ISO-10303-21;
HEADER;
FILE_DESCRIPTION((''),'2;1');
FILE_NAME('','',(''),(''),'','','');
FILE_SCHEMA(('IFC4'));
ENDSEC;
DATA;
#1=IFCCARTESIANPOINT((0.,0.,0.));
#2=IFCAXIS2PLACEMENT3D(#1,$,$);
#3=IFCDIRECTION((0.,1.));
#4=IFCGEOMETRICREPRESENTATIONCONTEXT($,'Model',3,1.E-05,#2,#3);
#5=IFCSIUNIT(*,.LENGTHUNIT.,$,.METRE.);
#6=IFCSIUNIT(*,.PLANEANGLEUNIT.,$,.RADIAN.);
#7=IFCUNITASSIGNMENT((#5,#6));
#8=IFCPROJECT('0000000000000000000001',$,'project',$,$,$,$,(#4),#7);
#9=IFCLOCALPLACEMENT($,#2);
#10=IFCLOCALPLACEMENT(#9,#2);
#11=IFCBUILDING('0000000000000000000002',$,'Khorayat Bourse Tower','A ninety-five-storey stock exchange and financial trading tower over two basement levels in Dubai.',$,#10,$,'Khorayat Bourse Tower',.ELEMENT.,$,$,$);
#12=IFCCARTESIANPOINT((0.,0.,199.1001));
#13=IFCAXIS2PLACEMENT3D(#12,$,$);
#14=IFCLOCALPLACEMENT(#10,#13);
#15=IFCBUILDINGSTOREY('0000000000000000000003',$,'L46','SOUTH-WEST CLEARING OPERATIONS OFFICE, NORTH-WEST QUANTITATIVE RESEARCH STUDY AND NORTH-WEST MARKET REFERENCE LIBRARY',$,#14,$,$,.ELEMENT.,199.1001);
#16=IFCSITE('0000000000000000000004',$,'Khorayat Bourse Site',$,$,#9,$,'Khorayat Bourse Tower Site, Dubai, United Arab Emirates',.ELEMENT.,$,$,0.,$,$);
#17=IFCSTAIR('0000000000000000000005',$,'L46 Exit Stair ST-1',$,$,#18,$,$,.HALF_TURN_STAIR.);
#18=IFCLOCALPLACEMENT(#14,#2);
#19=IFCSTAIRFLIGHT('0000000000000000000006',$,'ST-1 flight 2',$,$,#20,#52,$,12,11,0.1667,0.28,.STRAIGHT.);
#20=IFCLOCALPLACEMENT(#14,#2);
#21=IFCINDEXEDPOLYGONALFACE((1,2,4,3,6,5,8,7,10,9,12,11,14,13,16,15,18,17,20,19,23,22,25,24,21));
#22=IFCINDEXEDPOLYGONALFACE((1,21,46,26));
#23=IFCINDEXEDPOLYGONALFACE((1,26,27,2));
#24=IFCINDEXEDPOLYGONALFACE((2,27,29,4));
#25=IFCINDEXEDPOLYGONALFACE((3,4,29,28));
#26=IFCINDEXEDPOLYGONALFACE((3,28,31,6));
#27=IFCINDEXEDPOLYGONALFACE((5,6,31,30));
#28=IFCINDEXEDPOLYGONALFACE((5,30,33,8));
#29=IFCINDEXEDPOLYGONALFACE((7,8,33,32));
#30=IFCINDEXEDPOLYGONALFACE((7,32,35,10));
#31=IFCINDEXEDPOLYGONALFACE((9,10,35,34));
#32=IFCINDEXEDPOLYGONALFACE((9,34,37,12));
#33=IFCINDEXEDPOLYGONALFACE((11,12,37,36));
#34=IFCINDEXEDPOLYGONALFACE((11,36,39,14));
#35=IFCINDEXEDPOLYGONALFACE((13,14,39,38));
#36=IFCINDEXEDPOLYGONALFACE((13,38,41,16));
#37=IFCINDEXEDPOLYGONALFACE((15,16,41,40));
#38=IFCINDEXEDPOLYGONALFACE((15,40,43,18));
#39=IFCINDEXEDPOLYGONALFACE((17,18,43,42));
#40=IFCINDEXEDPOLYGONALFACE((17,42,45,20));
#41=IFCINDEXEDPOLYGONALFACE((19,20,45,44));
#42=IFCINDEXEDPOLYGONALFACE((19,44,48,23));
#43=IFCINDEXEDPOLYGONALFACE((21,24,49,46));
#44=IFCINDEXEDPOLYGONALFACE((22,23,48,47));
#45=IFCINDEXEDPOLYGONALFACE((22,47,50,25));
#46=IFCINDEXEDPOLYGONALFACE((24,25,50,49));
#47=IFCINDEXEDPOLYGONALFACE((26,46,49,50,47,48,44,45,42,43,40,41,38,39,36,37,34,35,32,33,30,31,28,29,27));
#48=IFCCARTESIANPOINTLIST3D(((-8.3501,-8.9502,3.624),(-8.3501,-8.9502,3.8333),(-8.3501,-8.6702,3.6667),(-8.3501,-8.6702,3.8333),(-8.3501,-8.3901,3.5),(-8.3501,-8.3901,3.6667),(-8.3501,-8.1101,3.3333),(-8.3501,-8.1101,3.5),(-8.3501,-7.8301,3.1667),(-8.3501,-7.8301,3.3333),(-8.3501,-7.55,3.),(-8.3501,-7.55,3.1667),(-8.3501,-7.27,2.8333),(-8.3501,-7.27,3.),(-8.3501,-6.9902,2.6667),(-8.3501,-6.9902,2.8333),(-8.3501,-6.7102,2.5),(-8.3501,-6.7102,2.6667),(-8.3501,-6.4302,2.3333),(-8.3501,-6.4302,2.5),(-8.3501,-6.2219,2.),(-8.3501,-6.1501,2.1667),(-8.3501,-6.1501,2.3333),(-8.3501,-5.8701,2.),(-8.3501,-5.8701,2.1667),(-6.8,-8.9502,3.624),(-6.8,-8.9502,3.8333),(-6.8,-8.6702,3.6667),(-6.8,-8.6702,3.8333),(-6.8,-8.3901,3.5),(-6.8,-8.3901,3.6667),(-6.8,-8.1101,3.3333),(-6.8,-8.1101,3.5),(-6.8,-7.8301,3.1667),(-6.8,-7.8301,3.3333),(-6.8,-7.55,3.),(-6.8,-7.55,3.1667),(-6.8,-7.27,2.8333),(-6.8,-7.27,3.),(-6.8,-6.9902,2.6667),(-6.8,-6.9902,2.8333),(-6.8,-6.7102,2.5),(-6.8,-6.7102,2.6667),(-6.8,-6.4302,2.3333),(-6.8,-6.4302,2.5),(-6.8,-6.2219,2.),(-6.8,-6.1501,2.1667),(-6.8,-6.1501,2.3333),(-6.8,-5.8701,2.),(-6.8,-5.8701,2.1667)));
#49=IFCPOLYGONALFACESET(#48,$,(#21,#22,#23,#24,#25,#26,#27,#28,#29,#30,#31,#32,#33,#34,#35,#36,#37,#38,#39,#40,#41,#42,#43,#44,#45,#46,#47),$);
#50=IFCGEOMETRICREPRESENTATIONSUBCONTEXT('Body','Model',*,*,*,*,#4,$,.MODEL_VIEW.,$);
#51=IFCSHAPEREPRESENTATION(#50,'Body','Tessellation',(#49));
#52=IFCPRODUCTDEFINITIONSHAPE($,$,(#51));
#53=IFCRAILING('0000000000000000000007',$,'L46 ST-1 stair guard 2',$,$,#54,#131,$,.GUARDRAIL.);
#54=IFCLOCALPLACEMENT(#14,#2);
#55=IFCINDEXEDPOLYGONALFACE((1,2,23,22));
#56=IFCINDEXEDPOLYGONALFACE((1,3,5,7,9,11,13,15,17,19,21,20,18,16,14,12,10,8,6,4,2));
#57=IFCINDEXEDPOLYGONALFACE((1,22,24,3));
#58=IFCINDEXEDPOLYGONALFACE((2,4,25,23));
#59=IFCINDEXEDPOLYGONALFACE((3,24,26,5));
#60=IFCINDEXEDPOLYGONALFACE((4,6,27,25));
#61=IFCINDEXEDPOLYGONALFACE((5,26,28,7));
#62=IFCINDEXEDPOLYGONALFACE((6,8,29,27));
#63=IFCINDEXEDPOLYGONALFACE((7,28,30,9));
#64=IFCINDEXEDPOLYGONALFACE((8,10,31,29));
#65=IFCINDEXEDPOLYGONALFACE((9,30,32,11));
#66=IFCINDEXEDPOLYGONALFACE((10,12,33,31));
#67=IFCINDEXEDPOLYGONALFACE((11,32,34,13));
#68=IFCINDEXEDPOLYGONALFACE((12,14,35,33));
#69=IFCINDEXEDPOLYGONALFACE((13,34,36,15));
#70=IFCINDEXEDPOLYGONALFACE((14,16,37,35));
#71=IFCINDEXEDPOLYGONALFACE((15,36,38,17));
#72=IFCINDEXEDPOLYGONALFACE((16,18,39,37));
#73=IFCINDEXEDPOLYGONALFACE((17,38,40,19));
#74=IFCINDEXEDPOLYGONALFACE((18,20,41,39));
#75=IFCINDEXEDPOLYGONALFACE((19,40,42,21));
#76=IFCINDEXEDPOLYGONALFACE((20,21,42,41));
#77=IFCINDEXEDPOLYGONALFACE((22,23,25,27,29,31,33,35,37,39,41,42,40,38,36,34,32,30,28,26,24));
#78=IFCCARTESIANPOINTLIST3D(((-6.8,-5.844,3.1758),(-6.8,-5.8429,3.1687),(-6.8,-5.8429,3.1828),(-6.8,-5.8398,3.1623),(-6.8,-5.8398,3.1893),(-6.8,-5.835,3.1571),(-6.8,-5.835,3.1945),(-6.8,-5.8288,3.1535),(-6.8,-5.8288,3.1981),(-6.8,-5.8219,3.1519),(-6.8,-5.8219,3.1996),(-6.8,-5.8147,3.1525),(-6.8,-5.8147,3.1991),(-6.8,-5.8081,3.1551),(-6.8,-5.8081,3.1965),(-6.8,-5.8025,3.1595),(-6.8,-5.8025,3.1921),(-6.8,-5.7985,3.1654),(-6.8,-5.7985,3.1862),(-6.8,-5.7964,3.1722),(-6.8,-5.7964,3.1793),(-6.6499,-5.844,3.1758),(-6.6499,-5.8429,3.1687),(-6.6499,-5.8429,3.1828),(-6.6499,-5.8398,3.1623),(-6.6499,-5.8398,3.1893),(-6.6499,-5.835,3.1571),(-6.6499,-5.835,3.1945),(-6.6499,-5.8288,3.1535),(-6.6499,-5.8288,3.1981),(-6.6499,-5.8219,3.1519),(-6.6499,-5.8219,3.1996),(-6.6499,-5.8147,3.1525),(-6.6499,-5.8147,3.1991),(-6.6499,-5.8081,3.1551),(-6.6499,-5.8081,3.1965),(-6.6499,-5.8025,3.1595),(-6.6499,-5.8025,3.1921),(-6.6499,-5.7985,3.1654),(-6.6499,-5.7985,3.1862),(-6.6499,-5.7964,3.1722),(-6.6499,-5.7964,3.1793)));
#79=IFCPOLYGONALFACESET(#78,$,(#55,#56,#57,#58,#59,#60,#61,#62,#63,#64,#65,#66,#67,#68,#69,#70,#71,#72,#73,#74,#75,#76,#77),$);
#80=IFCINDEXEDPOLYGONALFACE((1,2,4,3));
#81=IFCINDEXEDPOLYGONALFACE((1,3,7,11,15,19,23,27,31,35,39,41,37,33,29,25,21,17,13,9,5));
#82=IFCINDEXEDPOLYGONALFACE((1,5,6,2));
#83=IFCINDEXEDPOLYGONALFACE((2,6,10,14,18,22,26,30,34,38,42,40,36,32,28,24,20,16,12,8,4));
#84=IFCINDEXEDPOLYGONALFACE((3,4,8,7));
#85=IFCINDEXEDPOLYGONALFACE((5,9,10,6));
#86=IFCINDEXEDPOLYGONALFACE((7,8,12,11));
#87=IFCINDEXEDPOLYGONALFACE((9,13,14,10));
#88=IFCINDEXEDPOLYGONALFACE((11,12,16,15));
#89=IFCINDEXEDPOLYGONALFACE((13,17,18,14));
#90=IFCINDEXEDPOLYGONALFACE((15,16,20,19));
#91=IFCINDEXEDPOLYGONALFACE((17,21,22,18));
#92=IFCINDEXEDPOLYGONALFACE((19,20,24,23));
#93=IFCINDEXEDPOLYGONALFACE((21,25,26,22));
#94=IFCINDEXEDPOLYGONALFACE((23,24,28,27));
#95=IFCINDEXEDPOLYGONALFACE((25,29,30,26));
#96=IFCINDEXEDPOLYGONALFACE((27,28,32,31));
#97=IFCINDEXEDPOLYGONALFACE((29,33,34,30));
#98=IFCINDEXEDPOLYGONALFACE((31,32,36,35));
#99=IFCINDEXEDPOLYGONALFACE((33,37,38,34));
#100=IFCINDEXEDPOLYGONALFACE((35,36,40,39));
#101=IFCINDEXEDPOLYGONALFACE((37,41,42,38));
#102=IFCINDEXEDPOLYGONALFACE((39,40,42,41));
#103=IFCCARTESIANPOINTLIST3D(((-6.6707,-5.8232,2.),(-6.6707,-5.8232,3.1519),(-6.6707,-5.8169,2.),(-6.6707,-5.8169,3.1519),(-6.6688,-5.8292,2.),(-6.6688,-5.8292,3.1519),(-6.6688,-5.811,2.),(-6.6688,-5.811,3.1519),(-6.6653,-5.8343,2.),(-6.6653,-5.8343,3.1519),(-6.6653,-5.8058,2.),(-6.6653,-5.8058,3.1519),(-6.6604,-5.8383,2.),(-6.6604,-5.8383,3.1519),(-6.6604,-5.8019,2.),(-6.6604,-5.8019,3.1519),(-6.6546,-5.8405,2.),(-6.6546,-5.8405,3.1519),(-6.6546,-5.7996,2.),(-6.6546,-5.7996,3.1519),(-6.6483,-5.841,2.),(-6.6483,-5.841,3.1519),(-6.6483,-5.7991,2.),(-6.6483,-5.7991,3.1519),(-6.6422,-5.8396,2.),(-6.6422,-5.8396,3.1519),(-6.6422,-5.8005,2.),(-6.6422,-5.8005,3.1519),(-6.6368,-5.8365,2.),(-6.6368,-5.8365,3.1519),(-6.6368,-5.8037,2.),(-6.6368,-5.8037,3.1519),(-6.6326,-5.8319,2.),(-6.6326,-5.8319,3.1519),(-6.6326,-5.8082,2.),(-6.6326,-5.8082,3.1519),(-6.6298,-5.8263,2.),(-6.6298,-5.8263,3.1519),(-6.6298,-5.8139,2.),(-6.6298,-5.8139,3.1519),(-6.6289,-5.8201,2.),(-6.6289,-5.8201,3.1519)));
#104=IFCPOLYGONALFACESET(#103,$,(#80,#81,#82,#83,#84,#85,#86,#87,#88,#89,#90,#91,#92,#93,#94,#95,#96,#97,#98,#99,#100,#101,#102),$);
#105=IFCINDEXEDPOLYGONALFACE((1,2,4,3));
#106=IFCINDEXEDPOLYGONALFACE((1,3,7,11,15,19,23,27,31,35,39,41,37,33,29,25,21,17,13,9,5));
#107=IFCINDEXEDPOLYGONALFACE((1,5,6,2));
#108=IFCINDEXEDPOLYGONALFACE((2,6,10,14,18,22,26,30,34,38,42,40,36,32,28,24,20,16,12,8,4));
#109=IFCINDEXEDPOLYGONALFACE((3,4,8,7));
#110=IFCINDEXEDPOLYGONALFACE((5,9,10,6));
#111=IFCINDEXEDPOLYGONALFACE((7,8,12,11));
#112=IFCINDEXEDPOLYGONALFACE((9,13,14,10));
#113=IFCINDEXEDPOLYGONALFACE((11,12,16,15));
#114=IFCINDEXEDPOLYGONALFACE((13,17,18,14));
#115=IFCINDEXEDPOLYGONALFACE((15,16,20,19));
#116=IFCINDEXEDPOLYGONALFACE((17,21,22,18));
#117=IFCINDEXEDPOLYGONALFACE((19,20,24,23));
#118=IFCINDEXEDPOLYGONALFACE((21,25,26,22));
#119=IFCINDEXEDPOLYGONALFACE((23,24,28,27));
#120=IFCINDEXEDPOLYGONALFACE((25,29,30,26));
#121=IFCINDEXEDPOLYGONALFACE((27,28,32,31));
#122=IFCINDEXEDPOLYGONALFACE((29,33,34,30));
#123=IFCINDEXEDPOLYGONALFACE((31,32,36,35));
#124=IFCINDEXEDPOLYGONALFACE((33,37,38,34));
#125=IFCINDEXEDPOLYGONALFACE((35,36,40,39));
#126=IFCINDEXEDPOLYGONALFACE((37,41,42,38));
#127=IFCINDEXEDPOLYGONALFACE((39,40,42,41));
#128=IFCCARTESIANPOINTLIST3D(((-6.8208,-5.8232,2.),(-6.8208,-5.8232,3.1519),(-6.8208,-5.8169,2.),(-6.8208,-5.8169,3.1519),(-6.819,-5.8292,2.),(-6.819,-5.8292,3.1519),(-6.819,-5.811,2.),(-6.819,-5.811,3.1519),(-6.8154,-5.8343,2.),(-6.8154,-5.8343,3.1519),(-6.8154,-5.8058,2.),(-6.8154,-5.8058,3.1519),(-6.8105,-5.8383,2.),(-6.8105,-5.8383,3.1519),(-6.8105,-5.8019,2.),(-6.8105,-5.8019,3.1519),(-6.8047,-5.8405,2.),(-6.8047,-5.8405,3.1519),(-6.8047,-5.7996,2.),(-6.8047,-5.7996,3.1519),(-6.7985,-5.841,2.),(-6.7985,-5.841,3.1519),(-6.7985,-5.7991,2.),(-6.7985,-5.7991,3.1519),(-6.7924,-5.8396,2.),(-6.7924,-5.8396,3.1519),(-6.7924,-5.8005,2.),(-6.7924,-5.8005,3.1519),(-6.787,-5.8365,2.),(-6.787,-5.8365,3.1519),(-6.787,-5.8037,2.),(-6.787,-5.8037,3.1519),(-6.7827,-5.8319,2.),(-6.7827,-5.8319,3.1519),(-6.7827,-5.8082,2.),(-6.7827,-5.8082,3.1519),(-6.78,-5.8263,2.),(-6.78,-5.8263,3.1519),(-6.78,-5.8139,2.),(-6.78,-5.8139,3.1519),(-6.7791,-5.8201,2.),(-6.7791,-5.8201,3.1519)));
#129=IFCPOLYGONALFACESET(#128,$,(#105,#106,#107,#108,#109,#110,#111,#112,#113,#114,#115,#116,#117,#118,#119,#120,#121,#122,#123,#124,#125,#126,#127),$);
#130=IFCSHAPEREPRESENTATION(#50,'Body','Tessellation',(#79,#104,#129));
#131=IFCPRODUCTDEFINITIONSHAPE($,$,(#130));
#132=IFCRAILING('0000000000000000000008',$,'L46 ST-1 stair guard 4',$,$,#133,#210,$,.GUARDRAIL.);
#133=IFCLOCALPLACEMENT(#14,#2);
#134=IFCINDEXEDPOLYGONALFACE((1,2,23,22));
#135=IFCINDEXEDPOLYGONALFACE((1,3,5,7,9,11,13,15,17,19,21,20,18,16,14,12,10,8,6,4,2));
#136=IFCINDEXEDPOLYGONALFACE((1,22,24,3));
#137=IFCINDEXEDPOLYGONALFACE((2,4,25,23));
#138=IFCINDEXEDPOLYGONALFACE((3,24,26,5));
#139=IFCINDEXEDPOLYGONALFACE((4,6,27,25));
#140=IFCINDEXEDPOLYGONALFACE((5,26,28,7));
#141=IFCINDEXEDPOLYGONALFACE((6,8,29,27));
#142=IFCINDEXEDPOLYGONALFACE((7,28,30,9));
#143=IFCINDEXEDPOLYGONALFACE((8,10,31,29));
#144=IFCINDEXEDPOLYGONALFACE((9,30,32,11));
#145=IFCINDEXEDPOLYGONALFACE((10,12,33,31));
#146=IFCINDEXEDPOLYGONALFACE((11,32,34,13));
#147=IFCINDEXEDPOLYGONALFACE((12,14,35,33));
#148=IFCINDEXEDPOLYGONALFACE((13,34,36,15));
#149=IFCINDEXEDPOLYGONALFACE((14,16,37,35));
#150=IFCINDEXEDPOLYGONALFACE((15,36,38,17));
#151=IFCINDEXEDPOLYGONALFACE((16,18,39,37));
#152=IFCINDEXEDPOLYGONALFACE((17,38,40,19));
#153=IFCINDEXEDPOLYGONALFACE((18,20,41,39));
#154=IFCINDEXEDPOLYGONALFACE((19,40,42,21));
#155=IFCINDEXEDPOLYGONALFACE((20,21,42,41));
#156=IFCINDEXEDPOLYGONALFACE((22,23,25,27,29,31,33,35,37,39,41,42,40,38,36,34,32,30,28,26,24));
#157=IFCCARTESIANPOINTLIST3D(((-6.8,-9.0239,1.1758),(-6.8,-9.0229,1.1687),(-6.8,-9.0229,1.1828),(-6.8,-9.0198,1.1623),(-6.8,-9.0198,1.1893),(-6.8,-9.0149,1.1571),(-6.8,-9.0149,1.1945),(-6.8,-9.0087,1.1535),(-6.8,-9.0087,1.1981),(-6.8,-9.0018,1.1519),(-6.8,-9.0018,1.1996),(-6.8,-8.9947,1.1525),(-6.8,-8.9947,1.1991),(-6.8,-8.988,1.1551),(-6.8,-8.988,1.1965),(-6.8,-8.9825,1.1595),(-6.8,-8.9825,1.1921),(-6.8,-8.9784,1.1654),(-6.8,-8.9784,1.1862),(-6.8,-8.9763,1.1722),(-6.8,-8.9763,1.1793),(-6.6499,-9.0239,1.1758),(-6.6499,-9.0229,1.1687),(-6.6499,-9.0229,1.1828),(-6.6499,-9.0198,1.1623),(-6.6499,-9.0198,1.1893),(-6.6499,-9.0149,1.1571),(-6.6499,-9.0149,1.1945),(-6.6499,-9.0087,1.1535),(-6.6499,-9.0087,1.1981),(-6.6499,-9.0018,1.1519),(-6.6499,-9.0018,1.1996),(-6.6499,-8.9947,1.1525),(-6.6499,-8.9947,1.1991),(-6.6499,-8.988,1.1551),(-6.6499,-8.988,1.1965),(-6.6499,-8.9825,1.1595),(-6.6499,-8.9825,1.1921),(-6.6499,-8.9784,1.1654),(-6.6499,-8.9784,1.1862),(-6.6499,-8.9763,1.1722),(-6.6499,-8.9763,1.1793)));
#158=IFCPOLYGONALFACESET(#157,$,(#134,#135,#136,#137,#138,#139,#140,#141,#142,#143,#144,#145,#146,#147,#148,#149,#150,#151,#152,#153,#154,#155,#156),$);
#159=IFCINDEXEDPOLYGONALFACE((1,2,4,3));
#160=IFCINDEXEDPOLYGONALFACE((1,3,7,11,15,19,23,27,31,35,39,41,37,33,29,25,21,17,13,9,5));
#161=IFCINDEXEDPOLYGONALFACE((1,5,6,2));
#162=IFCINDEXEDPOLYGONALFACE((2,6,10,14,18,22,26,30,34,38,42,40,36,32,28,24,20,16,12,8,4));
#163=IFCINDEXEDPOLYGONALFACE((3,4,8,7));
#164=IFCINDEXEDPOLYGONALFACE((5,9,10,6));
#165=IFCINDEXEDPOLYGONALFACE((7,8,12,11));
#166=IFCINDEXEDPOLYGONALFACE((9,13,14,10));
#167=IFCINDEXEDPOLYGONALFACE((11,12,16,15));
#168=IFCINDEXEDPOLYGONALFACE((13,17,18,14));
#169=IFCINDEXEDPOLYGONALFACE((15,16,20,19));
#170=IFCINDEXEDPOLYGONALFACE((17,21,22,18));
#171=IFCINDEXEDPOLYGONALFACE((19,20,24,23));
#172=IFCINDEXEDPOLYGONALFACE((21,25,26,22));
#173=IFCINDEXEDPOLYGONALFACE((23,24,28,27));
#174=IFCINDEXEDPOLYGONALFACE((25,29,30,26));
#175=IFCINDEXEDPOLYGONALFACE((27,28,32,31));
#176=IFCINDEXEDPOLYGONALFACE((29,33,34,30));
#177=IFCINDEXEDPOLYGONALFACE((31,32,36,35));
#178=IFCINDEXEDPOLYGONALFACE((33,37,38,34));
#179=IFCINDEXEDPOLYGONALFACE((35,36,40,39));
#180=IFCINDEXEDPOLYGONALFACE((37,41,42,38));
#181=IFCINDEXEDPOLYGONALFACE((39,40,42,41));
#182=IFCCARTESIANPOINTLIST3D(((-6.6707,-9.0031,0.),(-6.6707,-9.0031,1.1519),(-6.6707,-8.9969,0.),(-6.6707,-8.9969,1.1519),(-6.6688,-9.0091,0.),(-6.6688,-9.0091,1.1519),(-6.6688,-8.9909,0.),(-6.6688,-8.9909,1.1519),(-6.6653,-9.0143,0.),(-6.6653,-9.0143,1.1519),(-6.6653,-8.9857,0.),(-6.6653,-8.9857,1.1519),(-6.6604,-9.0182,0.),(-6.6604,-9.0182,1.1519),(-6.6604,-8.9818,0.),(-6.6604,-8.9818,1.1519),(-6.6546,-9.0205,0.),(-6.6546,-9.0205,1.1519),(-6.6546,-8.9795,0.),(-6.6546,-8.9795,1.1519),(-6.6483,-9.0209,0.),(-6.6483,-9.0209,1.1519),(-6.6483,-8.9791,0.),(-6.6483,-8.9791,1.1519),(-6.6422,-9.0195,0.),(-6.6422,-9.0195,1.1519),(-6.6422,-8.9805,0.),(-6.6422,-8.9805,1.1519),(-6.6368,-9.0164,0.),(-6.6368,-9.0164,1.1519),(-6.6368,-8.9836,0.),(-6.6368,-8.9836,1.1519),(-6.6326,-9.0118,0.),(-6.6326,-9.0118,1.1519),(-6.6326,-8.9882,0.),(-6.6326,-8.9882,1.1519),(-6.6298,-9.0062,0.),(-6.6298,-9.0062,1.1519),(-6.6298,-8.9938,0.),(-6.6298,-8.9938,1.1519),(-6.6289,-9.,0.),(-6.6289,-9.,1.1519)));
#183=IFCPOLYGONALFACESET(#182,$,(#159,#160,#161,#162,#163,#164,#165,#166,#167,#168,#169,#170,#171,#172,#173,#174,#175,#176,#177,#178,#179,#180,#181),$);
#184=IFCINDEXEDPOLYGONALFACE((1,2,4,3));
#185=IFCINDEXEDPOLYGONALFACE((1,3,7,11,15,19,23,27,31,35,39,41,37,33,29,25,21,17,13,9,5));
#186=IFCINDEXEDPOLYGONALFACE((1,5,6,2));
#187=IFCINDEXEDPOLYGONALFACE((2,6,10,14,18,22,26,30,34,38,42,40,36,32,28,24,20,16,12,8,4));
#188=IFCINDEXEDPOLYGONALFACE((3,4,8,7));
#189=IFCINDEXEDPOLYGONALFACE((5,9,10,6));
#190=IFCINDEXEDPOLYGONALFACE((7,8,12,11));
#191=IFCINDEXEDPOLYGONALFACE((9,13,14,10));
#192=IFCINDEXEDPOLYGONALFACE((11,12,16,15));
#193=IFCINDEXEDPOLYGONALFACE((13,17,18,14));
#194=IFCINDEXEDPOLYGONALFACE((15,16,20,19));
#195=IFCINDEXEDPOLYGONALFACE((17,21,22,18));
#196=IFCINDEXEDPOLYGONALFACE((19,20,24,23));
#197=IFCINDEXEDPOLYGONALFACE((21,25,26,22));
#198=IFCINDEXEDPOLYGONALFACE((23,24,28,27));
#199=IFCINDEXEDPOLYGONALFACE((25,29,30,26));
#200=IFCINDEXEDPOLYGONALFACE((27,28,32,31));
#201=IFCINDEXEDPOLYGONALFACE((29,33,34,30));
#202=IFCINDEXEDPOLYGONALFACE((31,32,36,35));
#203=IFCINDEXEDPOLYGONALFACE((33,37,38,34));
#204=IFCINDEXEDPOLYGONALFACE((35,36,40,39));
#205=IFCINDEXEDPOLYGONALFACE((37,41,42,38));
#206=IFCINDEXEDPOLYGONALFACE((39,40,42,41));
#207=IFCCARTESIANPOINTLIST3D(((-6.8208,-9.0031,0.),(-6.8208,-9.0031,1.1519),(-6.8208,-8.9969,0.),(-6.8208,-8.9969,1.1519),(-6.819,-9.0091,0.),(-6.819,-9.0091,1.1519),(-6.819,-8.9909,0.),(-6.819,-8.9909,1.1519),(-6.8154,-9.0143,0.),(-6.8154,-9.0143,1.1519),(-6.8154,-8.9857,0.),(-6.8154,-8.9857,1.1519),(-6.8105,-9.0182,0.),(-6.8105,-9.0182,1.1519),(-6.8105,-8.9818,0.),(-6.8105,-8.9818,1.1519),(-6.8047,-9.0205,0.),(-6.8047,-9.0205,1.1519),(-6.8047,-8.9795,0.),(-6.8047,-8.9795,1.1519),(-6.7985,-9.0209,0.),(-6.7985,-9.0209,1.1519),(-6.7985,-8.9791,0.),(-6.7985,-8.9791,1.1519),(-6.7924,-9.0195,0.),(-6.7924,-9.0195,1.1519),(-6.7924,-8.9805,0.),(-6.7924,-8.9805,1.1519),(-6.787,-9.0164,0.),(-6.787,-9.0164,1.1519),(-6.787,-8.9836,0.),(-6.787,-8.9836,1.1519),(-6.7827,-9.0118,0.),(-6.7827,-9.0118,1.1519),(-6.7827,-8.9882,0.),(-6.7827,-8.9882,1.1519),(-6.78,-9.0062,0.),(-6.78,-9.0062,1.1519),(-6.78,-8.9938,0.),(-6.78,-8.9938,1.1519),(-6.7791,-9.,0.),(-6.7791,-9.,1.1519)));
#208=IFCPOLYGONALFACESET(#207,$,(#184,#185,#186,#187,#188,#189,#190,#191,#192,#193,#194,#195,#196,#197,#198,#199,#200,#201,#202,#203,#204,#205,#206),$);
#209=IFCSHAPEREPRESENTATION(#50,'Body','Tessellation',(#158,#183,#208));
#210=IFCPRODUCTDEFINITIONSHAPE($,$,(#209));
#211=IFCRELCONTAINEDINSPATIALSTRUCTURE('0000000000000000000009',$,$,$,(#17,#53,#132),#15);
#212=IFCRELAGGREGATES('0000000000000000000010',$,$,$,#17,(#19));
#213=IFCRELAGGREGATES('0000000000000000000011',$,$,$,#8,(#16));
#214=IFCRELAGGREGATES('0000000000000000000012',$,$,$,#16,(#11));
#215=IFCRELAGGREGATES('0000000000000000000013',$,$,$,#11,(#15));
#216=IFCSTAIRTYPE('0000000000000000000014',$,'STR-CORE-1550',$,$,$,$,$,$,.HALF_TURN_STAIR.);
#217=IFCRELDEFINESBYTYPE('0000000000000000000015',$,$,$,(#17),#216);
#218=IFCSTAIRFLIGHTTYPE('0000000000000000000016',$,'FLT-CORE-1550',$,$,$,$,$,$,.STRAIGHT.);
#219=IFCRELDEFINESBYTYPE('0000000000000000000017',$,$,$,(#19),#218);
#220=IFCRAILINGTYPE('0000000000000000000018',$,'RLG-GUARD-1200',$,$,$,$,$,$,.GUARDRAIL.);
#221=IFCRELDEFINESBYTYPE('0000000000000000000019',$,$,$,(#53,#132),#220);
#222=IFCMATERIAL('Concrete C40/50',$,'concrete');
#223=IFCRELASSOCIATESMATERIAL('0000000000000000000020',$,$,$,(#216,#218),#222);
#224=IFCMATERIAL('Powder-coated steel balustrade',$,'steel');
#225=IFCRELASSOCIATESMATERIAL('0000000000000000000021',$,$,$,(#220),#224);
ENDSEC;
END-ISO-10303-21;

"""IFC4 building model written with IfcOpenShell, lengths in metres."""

from ifc_helpers import new_model, si_unit, direction, frame, origin, origin_2d, place, context, subcontext, project, spatial, polyline, circle, outline, extrude, source, transform, mapped, material, type_object, element, aggregate, save


model = new_model("IFC4")

# Units and contexts
model_context = context("Model", 3, precision=1e-05, world=origin(), true_north=direction((0.0, 1.0)))
body_context = subcontext(model_context, "Body", "Model", "MODEL_VIEW")
ifc_project = project(units=[si_unit("LENGTHUNIT", "METRE"), si_unit("PLANEANGLEUNIT", "RADIAN")], contexts=[model_context])

# Site, building, storey
site_placement = place(None, origin())
site = spatial("IfcSite", under=ifc_project, at=site_placement, Name="Khorayat Bourse Site", LongName="Khorayat Bourse Tower Site, Dubai, United Arab Emirates", CompositionType="ELEMENT", RefElevation=0.0)
building_placement = place(site_placement, origin())
building = spatial("IfcBuilding", under=site, at=building_placement, Name="Khorayat Bourse Tower", Description="A ninety-five-storey stock exchange and financial trading tower over two basement levels in Dubai.", LongName="Khorayat Bourse Tower", CompositionType="ELEMENT")
storey_placement = place(building_placement, frame((0.0, 0.0, 199.1001)))
storey = spatial("IfcBuildingStorey", under=building, at=storey_placement, Name="L46", Description="SOUTH-WEST CLEARING OPERATIONS OFFICE, NORTH-WEST QUANTITATIVE RESEARCH STUDY AND NORTH-WEST MARKET REFERENCE LIBRARY", CompositionType="ELEMENT", Elevation=199.1001)

# Stair, stair flight
ifc_material_1 = material(Name="Concrete C40/50", Category="concrete")
stair_type = type_object("IfcStairType", Name="STR-CORE-1550", PredefinedType="HALF_TURN_STAIR", material=ifc_material_1)
stair_placement = place(storey_placement, origin())
stair = element("IfcStair", 1, at=stair_placement, inside=storey, type_object=stair_type, Name="L46 Exit Stair ST-1", PredefinedType="HALF_TURN_STAIR")
stair_flight_type = type_object("IfcStairFlightType", Name="FLT-CORE-1550", PredefinedType="STRAIGHT", material=ifc_material_1)
shared_shape_1 = source(origin(), body_context, "Body", "SweptSolid", [
    extrude(outline(polyline([(0.0, 0.0), (0.0, 0.1667), (0.28, 0.1667), (0.28, 0.3333), (0.5601, 0.3333), (0.5601, 0.5), (0.8401, 0.5), (0.8401, 0.6667), (1.1201, 0.6667), (1.1201, 0.8333), (1.3999, 0.8333), (1.3999, 1.0), (1.6799, 1.0), (1.6799, 1.1667), (1.96, 1.1667), (1.96, 1.3333), (2.24, 1.3333), (2.24, 1.5), (2.52, 1.5), (2.52, 1.6667), (2.8, 1.6667), (2.8, 1.8333), (3.0801, 1.8333), (3.0801, 2.0), (3.0801, 1.624), (0.3518, 0.0), (0.0, 0.0)])), frame((0.0, 0.7749, 0.0), z_axis=(0.0, -1.0, 0.0), x_axis=(1.0, 0.0, 0.0)), (0.0, 0.0, 1.0), 1.55),
])
stair_flight_1_placement = place(storey_placement, frame((-7.575, -5.8701, 2.0), z_axis=(0.0, 0.0, 1.0), x_axis=(0.0, -1.0, 0.0)))
stair_flight_1 = element("IfcStairFlight", 2, at=stair_flight_1_placement, type_object=stair_flight_type, Name="ST-1 flight 2", NumberOfRisers=12, NumberOfTreads=11, PredefinedType="STRAIGHT", RiserHeight=0.1667, TreadLength=0.28, context=body_context, shape_type="MappedRepresentation", body=[
    mapped(shared_shape_1, transform((0.0, 0.0, 0.0), scale=1.0)),
])
aggregate(stair, [stair_flight_1])

# Railings
ifc_material_2 = material(Name="Powder-coated steel balustrade", Category="steel")
railing_type_1 = type_object("IfcRailingType", Name="RLG-GUARD-1200", PredefinedType="GUARDRAIL", material=ifc_material_2)
shared_shape_2 = source(origin(), body_context, "Body", "SweptSolid", [
    extrude(circle(Radius=0.0239, at=origin_2d()), frame((0.0, 0.0, 1.1758), z_axis=(-1.0, 0.0, 0.0), x_axis=(0.0, -1.0, 0.0)), (0.0, 0.0, 1.0), 0.1501),
    extrude(circle(Radius=0.021, at=origin_2d()), origin(), (0.0, 0.0, 1.0), 1.1519),
    extrude(circle(Radius=0.021, at=origin_2d()), frame((-0.1501, 0.0, 0.0)), (0.0, 0.0, 1.0), 1.1519),
])
for number, where, name in (
    (3, (-6.6499, -5.8201, 2.0), "L46 ST-1 stair guard 2"),
    (4, (-6.6499, -9.0, 0.0), "L46 ST-1 stair guard 4"),
):
    element("IfcRailing", number, at=place(storey_placement, frame(where)), inside=storey, type_object=railing_type_1, Name=name, PredefinedType="GUARDRAIL", context=body_context, shape_type="MappedRepresentation", body=[
        mapped(shared_shape_2, transform((0.0, 0.0, 0.0), scale=1.0)),
    ])

save(model, "model.ifc")
